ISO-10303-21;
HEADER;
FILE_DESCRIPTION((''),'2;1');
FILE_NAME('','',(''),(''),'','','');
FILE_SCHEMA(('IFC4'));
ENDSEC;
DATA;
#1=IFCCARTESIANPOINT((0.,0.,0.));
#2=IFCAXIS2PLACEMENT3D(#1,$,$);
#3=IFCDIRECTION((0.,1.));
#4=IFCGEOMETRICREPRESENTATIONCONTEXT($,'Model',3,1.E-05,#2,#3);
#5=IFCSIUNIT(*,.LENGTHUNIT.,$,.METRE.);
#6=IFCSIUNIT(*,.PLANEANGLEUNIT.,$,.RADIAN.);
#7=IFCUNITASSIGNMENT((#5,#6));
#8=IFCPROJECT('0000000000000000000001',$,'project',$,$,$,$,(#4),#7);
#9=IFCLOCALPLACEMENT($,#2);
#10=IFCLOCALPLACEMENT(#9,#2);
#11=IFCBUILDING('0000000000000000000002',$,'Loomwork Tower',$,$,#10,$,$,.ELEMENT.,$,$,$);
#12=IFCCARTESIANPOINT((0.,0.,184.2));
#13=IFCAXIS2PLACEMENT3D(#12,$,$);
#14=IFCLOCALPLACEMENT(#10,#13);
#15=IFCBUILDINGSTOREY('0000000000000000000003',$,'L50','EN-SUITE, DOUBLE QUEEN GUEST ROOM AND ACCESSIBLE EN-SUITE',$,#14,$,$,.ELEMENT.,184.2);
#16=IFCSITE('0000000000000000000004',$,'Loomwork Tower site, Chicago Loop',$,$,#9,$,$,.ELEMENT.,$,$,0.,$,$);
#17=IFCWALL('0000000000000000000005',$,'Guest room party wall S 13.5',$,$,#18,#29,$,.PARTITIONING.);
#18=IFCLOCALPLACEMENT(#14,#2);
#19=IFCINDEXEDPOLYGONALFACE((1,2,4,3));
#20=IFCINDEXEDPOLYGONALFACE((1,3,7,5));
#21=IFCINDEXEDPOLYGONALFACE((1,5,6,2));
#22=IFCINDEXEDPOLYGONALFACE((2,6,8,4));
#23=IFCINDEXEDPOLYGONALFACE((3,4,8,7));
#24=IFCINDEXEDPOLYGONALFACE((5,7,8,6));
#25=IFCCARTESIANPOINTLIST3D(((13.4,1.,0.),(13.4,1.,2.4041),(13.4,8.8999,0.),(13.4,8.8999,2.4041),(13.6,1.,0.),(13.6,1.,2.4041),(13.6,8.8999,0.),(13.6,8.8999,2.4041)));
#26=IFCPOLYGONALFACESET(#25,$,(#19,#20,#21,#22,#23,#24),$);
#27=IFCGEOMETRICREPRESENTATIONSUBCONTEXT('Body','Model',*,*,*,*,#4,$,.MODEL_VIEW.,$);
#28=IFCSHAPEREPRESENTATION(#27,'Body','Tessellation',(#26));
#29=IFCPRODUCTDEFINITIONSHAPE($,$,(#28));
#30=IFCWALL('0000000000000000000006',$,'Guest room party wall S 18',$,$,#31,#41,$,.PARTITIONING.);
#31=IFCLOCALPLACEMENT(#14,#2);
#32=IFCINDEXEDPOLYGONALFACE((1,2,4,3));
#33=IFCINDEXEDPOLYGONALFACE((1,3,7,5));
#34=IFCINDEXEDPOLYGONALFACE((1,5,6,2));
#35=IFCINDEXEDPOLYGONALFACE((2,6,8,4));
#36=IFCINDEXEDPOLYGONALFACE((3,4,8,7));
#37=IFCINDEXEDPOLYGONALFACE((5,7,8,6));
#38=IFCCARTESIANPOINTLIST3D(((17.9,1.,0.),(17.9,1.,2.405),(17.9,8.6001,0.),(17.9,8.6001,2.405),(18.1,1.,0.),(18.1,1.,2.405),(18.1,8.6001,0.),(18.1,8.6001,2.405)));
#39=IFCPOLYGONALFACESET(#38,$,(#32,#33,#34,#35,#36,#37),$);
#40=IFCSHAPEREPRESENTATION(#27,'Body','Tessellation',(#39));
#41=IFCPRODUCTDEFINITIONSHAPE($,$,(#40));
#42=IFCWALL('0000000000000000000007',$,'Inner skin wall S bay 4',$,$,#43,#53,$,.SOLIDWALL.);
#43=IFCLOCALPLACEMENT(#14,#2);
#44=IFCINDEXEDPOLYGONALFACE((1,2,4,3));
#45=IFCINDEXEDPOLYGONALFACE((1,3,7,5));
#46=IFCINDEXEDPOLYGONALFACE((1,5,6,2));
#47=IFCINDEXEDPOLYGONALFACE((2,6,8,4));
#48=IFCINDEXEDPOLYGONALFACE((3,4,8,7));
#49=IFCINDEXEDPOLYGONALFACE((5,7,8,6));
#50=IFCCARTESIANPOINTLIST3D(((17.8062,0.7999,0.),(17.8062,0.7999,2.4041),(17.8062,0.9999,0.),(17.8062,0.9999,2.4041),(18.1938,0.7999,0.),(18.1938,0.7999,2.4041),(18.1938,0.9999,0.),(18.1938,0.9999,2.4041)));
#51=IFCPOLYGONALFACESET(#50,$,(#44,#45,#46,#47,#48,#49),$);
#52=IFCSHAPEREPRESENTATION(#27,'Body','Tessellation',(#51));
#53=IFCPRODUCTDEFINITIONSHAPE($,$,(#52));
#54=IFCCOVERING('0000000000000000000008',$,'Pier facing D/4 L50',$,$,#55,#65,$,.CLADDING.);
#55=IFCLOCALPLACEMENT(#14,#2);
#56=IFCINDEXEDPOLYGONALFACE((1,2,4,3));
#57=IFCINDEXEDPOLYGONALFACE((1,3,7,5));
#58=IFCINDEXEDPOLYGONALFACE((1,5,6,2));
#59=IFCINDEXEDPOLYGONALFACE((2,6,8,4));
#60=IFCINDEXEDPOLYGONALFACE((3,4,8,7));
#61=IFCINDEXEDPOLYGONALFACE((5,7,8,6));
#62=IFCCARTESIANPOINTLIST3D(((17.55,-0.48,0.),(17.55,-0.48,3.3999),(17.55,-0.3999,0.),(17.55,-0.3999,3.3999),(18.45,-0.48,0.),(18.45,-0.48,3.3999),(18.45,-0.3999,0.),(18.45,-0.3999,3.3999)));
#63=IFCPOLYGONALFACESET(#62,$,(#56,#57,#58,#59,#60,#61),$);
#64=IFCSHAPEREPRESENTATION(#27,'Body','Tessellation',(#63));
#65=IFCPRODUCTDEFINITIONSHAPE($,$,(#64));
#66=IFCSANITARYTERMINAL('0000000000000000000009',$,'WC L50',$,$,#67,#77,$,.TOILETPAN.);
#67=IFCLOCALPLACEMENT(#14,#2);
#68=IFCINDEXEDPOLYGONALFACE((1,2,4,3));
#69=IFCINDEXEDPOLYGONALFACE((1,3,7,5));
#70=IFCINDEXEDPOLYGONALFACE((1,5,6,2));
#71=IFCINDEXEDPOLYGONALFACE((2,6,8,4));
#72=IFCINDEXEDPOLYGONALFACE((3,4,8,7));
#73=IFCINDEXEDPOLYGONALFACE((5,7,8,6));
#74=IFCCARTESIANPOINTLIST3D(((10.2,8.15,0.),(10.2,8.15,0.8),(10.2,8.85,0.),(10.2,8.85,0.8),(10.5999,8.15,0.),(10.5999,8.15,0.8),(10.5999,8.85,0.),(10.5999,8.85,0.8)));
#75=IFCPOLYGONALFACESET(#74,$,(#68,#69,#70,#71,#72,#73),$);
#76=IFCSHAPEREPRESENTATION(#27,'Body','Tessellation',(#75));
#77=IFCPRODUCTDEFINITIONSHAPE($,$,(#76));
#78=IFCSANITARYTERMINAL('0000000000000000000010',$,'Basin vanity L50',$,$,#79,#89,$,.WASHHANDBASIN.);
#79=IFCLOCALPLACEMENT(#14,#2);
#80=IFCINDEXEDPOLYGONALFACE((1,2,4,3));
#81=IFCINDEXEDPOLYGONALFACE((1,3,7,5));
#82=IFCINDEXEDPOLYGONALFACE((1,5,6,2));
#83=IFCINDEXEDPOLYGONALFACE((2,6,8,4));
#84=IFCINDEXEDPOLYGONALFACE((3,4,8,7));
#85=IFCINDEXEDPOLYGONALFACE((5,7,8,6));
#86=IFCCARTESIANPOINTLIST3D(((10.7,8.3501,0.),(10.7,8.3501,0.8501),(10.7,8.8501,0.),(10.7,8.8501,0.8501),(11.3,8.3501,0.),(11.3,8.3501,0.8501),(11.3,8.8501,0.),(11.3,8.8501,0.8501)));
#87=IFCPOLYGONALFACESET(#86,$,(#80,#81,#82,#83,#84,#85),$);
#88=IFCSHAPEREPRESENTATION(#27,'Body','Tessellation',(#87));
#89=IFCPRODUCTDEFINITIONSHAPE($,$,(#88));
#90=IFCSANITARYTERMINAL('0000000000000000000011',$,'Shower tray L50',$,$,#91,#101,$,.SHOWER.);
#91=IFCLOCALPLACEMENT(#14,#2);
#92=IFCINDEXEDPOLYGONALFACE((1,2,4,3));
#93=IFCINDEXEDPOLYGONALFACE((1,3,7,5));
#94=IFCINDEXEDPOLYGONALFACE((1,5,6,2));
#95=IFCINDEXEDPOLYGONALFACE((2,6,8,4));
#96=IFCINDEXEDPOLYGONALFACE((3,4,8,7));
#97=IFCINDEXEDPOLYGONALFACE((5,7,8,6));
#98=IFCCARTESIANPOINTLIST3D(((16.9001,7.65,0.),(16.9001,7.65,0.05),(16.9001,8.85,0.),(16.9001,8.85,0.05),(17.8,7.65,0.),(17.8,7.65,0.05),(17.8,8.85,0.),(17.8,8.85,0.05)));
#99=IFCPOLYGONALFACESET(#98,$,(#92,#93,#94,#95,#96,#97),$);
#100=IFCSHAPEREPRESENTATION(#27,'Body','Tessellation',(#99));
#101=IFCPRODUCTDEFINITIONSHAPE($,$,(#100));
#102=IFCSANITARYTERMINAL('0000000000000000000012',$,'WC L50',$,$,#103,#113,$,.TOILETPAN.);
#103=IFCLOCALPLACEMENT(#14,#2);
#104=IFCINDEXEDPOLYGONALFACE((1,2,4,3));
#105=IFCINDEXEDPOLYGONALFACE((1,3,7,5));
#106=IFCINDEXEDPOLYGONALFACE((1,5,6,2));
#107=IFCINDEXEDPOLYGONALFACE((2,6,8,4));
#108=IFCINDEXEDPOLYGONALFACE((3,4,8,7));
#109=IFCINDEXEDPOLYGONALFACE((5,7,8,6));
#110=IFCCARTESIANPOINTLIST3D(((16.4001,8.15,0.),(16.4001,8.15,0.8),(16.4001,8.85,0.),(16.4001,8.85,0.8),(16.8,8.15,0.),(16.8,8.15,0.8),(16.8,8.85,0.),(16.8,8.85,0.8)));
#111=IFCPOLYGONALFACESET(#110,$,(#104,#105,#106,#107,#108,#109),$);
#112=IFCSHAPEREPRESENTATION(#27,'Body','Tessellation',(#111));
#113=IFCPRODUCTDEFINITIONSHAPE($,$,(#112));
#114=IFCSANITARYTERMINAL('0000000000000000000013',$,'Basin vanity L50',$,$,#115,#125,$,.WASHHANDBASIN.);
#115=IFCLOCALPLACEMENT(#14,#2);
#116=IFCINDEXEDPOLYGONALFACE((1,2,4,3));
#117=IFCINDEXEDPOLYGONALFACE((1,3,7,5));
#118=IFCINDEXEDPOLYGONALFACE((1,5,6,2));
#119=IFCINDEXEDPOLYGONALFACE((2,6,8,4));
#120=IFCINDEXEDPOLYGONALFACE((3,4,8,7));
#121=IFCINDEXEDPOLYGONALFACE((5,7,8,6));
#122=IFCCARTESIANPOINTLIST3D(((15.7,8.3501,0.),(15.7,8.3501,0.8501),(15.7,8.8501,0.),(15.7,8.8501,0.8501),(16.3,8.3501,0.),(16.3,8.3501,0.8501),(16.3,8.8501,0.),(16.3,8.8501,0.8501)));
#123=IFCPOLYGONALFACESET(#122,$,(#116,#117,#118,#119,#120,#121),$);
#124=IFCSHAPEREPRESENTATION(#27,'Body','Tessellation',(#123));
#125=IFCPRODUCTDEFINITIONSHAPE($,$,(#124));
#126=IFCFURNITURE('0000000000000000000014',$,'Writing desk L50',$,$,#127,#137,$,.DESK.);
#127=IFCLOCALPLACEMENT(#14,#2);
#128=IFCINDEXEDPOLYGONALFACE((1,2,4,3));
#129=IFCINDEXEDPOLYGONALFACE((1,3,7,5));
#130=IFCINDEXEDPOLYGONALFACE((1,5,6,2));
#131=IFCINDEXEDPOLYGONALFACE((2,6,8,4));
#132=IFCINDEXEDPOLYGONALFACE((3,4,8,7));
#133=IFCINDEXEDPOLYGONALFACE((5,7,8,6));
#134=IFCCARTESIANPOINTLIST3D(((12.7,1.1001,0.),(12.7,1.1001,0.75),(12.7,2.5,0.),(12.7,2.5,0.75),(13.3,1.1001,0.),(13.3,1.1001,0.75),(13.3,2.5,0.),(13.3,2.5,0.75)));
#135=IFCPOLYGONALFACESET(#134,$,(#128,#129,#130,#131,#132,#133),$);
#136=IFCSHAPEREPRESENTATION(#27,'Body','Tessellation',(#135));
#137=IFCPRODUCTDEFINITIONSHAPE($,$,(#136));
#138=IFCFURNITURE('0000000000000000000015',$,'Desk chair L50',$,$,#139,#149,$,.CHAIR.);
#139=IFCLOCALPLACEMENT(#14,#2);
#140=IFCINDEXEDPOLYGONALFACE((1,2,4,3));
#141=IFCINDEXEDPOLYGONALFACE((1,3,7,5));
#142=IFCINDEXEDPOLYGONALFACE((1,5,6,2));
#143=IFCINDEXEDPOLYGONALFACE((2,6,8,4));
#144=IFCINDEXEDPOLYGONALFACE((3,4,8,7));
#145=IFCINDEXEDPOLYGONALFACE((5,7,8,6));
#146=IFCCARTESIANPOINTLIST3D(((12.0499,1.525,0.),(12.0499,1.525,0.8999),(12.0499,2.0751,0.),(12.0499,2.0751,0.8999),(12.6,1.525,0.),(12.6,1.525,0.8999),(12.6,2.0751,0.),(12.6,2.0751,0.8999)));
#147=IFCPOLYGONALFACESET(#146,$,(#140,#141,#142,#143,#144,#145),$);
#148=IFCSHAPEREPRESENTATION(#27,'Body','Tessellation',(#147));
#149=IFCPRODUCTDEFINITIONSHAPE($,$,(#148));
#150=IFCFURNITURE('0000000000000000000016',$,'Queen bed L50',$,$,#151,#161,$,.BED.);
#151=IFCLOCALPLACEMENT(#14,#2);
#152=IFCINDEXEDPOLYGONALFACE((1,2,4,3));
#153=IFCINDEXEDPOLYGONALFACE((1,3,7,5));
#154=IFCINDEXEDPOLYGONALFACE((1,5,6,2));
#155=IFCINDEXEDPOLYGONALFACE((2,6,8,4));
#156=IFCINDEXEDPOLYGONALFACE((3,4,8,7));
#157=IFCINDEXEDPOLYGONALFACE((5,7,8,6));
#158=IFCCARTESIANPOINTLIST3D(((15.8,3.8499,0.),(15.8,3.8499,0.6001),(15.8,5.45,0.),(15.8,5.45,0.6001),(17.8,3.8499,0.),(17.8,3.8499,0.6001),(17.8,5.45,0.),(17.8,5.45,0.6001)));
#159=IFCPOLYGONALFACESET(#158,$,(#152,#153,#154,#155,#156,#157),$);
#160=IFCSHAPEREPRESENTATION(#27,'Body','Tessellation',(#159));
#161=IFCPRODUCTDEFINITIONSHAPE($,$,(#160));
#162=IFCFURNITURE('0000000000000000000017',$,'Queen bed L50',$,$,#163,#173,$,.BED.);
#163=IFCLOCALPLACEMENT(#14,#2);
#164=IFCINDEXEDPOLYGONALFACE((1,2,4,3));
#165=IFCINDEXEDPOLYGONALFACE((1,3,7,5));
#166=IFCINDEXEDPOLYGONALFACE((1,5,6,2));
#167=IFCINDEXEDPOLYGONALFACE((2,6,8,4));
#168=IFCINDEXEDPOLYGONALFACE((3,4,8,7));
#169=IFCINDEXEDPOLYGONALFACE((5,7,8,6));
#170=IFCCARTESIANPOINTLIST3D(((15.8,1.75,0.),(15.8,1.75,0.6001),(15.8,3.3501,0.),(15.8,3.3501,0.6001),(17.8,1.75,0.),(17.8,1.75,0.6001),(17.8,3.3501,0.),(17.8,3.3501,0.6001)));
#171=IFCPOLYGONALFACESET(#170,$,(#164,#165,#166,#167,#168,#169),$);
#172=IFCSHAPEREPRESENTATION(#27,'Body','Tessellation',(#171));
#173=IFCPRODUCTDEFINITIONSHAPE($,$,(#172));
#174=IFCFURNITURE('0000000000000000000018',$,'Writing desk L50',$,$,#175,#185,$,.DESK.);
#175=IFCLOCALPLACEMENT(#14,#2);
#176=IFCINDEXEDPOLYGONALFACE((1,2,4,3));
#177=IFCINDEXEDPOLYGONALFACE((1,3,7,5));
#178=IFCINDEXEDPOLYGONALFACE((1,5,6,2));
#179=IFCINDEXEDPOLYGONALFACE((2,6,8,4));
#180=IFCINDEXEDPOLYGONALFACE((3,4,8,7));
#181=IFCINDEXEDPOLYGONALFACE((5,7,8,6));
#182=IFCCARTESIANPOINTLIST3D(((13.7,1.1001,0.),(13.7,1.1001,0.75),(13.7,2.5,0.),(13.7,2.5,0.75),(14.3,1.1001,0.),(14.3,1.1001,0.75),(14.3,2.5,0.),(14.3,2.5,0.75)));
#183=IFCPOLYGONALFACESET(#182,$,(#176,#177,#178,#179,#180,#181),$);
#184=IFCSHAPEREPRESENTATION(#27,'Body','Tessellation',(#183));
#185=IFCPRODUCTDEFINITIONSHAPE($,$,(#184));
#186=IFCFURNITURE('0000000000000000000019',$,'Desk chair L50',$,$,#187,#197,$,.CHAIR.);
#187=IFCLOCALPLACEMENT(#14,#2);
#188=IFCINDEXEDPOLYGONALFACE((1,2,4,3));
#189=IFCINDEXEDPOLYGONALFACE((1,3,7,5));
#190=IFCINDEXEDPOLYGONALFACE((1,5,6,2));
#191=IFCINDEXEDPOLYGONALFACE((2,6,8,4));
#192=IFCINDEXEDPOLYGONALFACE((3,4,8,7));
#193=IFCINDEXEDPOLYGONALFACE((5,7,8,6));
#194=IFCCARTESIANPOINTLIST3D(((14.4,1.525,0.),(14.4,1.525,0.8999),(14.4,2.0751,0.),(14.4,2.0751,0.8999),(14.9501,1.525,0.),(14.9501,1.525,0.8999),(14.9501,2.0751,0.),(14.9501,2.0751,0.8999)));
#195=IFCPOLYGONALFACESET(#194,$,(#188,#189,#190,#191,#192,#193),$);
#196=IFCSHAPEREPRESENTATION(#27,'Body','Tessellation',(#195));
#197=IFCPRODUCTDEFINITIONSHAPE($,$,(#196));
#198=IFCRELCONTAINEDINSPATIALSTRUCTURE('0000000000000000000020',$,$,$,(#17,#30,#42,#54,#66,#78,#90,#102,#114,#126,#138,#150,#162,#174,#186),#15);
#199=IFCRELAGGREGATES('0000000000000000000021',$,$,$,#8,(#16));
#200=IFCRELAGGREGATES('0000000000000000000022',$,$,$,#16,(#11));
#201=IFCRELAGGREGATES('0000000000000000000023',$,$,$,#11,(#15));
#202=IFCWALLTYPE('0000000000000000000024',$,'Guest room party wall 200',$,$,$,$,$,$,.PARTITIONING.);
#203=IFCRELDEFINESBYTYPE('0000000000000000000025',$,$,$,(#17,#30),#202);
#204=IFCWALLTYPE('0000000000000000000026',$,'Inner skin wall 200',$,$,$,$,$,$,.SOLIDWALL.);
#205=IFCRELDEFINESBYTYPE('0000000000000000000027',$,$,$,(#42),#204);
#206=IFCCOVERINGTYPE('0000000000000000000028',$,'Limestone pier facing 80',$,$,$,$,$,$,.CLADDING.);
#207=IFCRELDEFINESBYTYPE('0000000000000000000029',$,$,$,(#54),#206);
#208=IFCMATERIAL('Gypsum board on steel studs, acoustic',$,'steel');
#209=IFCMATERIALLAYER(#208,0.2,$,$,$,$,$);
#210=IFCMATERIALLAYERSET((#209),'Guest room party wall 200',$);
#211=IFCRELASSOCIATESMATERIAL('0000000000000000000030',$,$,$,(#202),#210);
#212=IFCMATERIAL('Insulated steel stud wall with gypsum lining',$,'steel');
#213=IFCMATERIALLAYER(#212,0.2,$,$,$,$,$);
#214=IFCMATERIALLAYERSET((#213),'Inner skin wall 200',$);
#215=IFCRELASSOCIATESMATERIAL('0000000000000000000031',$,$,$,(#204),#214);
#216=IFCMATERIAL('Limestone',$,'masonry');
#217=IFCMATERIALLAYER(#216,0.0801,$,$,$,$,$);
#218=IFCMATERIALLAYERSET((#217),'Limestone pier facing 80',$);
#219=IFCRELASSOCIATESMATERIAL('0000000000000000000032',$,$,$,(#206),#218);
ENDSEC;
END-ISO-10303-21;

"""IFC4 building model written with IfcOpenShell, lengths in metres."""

from ifc_helpers import new_model, si_unit, direction, frame, frame_2d, origin, origin_2d, place, context, subcontext, project, spatial, rectangle, extrude, material, layer, layer_set, type_object, element, save


model = new_model("IFC4")

# Units and contexts
model_context = context("Model", 3, precision=1e-05, world=origin(), true_north=direction((0.0, 1.0)))
body_context = subcontext(model_context, "Body", "Model", "MODEL_VIEW")
ifc_project = project(units=[si_unit("LENGTHUNIT", "METRE"), si_unit("PLANEANGLEUNIT", "RADIAN")], contexts=[model_context])

# Site, building, storey
site_placement = place(None, origin())
site = spatial("IfcSite", under=ifc_project, at=site_placement, Name="Loomwork Tower site, Chicago Loop", CompositionType="ELEMENT", RefElevation=0.0)
building_placement = place(site_placement, origin())
building = spatial("IfcBuilding", under=site, at=building_placement, Name="Loomwork Tower", CompositionType="ELEMENT")
storey_placement = place(building_placement, frame((0.0, 0.0, 184.2)))
storey = spatial("IfcBuildingStorey", under=building, at=storey_placement, Name="L50", Description="EN-SUITE, DOUBLE QUEEN GUEST ROOM AND ACCESSIBLE EN-SUITE", CompositionType="ELEMENT", Elevation=184.2)

# Walls
ifc_material_1 = material(Name="Gypsum board on steel studs, acoustic", Category="steel")
ifc_layer_1 = layer(ifc_material_1, 0.2)
ifc_layer_set_1 = layer_set([ifc_layer_1], Name="Guest room party wall 200")
wall_type_1 = type_object("IfcWallType", Name="Guest room party wall 200", PredefinedType="PARTITIONING", material=ifc_layer_set_1)
wall_1_placement = place(storey_placement, frame((13.5, 8.8999, 0.0), z_axis=(0.0, 0.0, 1.0), x_axis=(0.0, -1.0, 0.0)))
element("IfcWall", 1, at=wall_1_placement, inside=storey, type_object=wall_type_1, Name="Guest room party wall S 13.5", PredefinedType="PARTITIONING", context=body_context, shape_type="SweptSolid", body=[
    extrude(rectangle(XDim=7.8999, YDim=0.2, at=frame_2d((3.95, 0.0))), origin(), (0.0, 0.0, 1.0), 2.4041),
])
wall_2_placement = place(storey_placement, frame((18.0, 8.6001, 0.0), z_axis=(0.0, 0.0, 1.0), x_axis=(0.0, -1.0, 0.0)))
element("IfcWall", 2, at=wall_2_placement, inside=storey, type_object=wall_type_1, Name="Guest room party wall S 18", PredefinedType="PARTITIONING", context=body_context, shape_type="SweptSolid", body=[
    extrude(rectangle(XDim=7.6001, YDim=0.2, at=frame_2d((3.8, 0.0))), origin(), (0.0, 0.0, 1.0), 2.405),
])
ifc_material_2 = material(Name="Insulated steel stud wall with gypsum lining", Category="steel")
ifc_layer_2 = layer(ifc_material_2, 0.2)
ifc_layer_set_2 = layer_set([ifc_layer_2], Name="Inner skin wall 200")
wall_type_2 = type_object("IfcWallType", Name="Inner skin wall 200", PredefinedType="SOLIDWALL", material=ifc_layer_set_2)
wall_3_placement = place(storey_placement, frame((17.8062, 0.8999, 0.0), z_axis=(0.0, 0.0, 1.0), x_axis=(1.0, 0.0, 0.0)))
element("IfcWall", 3, at=wall_3_placement, inside=storey, type_object=wall_type_2, Name="Inner skin wall S bay 4", PredefinedType="SOLIDWALL", context=body_context, shape_type="SweptSolid", body=[
    extrude(rectangle(XDim=0.3877, YDim=0.2, at=frame_2d((0.1938, 0.0))), origin(), (0.0, 0.0, 1.0), 2.4041),
])

# Covering
ifc_material_3 = material(Name="Limestone", Category="masonry")
ifc_layer_3 = layer(ifc_material_3, 0.0801)
ifc_layer_set_3 = layer_set([ifc_layer_3], Name="Limestone pier facing 80")
covering_type = type_object("IfcCoveringType", Name="Limestone pier facing 80", PredefinedType="CLADDING", material=ifc_layer_set_3)
covering_placement = place(storey_placement, frame((18.0, -0.4399, 0.0), z_axis=(0.0, 0.0, 1.0), x_axis=(1.0, 0.0, 0.0)))
element("IfcCovering", 4, at=covering_placement, inside=storey, type_object=covering_type, Name="Pier facing D/4 L50", PredefinedType="CLADDING", context=body_context, shape_type="SweptSolid", body=[
    extrude(rectangle(XDim=0.8999, YDim=0.0801, at=origin_2d()), origin(), (0.0, 0.0, 1.0), 3.3999),
])

# Sanitary terminals
sanitary_terminal_1_placement = place(storey_placement, frame((10.3999, 8.5, 0.0), z_axis=(0.0, 0.0, 1.0), x_axis=(1.0, 0.0, 0.0)))
element("IfcSanitaryTerminal", 5, at=sanitary_terminal_1_placement, inside=storey, Name="WC L50", PredefinedType="TOILETPAN", context=body_context, shape_type="SweptSolid", body=[
    extrude(rectangle(XDim=0.3999, YDim=0.7, at=origin_2d()), origin(), (0.0, 0.0, 1.0), 0.8),
])
sanitary_terminal_2_placement = place(storey_placement, frame((11.0, 8.6001, 0.0), z_axis=(0.0, 0.0, 1.0), x_axis=(1.0, 0.0, 0.0)))
element("IfcSanitaryTerminal", 6, at=sanitary_terminal_2_placement, inside=storey, Name="Basin vanity L50", PredefinedType="WASHHANDBASIN", context=body_context, shape_type="SweptSolid", body=[
    extrude(rectangle(XDim=0.6001, YDim=0.5, at=origin_2d()), origin(), (0.0, 0.0, 1.0), 0.8501),
])
sanitary_terminal_3_placement = place(storey_placement, frame((17.3501, 8.25, 0.0), z_axis=(0.0, 0.0, 1.0), x_axis=(1.0, 0.0, 0.0)))
element("IfcSanitaryTerminal", 7, at=sanitary_terminal_3_placement, inside=storey, Name="Shower tray L50", PredefinedType="SHOWER", context=body_context, shape_type="SweptSolid", body=[
    extrude(rectangle(XDim=0.8999, YDim=1.2, at=origin_2d()), origin(), (0.0, 0.0, 1.0), 0.05),
])
sanitary_terminal_4_placement = place(storey_placement, frame((16.6001, 8.5, 0.0), z_axis=(0.0, 0.0, 1.0), x_axis=(1.0, 0.0, 0.0)))
element("IfcSanitaryTerminal", 8, at=sanitary_terminal_4_placement, inside=storey, Name="WC L50", PredefinedType="TOILETPAN", context=body_context, shape_type="SweptSolid", body=[
    extrude(rectangle(XDim=0.3999, YDim=0.7, at=origin_2d()), origin(), (0.0, 0.0, 1.0), 0.8),
])
sanitary_terminal_5_placement = place(storey_placement, frame((16.0, 8.6001, 0.0), z_axis=(0.0, 0.0, 1.0), x_axis=(1.0, 0.0, 0.0)))
element("IfcSanitaryTerminal", 9, at=sanitary_terminal_5_placement, inside=storey, Name="Basin vanity L50", PredefinedType="WASHHANDBASIN", context=body_context, shape_type="SweptSolid", body=[
    extrude(rectangle(XDim=0.6001, YDim=0.5, at=origin_2d()), origin(), (0.0, 0.0, 1.0), 0.8501),
])

# Furniture
furniture_1_placement = place(storey_placement, frame((13.0, 1.8, 0.0), z_axis=(0.0, 0.0, 1.0), x_axis=(1.0, 0.0, 0.0)))
element("IfcFurniture", 10, at=furniture_1_placement, inside=storey, Name="Writing desk L50", PredefinedType="DESK", context=body_context, shape_type="SweptSolid", body=[
    extrude(rectangle(XDim=0.6001, YDim=1.3999, at=origin_2d()), origin(), (0.0, 0.0, 1.0), 0.75),
])
furniture_2_placement = place(storey_placement, frame((12.325, 1.8, 0.0), z_axis=(0.0, 0.0, 1.0), x_axis=(1.0, 0.0, 0.0)))
element("IfcFurniture", 11, at=furniture_2_placement, inside=storey, Name="Desk chair L50", PredefinedType="CHAIR", context=body_context, shape_type="SweptSolid", body=[
    extrude(rectangle(XDim=0.55, YDim=0.55, at=origin_2d()), origin(), (0.0, 0.0, 1.0), 0.8999),
])
for number, where, z_axis, x_axis, name in (
    (12, (16.8, 4.6499, 0.0), (0.0, 0.0, 1.0), (1.0, 0.0, 0.0), "Queen bed L50"),
    (13, (16.8, 2.55, 0.0), (0.0, 0.0, 1.0), (1.0, 0.0, 0.0), "Queen bed L50"),
):
    element("IfcFurniture", number, at=place(storey_placement, frame(where, z_axis=z_axis, x_axis=x_axis)), inside=storey, Name=name, PredefinedType="BED", context=body_context, shape_type="SweptSolid", body=[
        extrude(rectangle(XDim=2.0, YDim=1.6001, at=origin_2d()), origin(), (0.0, 0.0, 1.0), 0.6001),
    ])
furniture_3_placement = place(storey_placement, frame((14.0, 1.8, 0.0), z_axis=(0.0, 0.0, 1.0), x_axis=(1.0, 0.0, 0.0)))
element("IfcFurniture", 14, at=furniture_3_placement, inside=storey, Name="Writing desk L50", PredefinedType="DESK", context=body_context, shape_type="SweptSolid", body=[
    extrude(rectangle(XDim=0.6001, YDim=1.3999, at=origin_2d()), origin(), (0.0, 0.0, 1.0), 0.75),
])
furniture_4_placement = place(storey_placement, frame((14.675, 1.8, 0.0), z_axis=(0.0, 0.0, 1.0), x_axis=(1.0, 0.0, 0.0)))
element("IfcFurniture", 15, at=furniture_4_placement, inside=storey, Name="Desk chair L50", PredefinedType="CHAIR", context=body_context, shape_type="SweptSolid", body=[
    extrude(rectangle(XDim=0.55, YDim=0.55, at=origin_2d()), origin(), (0.0, 0.0, 1.0), 0.8999),
])

save(model, "model.ifc")
